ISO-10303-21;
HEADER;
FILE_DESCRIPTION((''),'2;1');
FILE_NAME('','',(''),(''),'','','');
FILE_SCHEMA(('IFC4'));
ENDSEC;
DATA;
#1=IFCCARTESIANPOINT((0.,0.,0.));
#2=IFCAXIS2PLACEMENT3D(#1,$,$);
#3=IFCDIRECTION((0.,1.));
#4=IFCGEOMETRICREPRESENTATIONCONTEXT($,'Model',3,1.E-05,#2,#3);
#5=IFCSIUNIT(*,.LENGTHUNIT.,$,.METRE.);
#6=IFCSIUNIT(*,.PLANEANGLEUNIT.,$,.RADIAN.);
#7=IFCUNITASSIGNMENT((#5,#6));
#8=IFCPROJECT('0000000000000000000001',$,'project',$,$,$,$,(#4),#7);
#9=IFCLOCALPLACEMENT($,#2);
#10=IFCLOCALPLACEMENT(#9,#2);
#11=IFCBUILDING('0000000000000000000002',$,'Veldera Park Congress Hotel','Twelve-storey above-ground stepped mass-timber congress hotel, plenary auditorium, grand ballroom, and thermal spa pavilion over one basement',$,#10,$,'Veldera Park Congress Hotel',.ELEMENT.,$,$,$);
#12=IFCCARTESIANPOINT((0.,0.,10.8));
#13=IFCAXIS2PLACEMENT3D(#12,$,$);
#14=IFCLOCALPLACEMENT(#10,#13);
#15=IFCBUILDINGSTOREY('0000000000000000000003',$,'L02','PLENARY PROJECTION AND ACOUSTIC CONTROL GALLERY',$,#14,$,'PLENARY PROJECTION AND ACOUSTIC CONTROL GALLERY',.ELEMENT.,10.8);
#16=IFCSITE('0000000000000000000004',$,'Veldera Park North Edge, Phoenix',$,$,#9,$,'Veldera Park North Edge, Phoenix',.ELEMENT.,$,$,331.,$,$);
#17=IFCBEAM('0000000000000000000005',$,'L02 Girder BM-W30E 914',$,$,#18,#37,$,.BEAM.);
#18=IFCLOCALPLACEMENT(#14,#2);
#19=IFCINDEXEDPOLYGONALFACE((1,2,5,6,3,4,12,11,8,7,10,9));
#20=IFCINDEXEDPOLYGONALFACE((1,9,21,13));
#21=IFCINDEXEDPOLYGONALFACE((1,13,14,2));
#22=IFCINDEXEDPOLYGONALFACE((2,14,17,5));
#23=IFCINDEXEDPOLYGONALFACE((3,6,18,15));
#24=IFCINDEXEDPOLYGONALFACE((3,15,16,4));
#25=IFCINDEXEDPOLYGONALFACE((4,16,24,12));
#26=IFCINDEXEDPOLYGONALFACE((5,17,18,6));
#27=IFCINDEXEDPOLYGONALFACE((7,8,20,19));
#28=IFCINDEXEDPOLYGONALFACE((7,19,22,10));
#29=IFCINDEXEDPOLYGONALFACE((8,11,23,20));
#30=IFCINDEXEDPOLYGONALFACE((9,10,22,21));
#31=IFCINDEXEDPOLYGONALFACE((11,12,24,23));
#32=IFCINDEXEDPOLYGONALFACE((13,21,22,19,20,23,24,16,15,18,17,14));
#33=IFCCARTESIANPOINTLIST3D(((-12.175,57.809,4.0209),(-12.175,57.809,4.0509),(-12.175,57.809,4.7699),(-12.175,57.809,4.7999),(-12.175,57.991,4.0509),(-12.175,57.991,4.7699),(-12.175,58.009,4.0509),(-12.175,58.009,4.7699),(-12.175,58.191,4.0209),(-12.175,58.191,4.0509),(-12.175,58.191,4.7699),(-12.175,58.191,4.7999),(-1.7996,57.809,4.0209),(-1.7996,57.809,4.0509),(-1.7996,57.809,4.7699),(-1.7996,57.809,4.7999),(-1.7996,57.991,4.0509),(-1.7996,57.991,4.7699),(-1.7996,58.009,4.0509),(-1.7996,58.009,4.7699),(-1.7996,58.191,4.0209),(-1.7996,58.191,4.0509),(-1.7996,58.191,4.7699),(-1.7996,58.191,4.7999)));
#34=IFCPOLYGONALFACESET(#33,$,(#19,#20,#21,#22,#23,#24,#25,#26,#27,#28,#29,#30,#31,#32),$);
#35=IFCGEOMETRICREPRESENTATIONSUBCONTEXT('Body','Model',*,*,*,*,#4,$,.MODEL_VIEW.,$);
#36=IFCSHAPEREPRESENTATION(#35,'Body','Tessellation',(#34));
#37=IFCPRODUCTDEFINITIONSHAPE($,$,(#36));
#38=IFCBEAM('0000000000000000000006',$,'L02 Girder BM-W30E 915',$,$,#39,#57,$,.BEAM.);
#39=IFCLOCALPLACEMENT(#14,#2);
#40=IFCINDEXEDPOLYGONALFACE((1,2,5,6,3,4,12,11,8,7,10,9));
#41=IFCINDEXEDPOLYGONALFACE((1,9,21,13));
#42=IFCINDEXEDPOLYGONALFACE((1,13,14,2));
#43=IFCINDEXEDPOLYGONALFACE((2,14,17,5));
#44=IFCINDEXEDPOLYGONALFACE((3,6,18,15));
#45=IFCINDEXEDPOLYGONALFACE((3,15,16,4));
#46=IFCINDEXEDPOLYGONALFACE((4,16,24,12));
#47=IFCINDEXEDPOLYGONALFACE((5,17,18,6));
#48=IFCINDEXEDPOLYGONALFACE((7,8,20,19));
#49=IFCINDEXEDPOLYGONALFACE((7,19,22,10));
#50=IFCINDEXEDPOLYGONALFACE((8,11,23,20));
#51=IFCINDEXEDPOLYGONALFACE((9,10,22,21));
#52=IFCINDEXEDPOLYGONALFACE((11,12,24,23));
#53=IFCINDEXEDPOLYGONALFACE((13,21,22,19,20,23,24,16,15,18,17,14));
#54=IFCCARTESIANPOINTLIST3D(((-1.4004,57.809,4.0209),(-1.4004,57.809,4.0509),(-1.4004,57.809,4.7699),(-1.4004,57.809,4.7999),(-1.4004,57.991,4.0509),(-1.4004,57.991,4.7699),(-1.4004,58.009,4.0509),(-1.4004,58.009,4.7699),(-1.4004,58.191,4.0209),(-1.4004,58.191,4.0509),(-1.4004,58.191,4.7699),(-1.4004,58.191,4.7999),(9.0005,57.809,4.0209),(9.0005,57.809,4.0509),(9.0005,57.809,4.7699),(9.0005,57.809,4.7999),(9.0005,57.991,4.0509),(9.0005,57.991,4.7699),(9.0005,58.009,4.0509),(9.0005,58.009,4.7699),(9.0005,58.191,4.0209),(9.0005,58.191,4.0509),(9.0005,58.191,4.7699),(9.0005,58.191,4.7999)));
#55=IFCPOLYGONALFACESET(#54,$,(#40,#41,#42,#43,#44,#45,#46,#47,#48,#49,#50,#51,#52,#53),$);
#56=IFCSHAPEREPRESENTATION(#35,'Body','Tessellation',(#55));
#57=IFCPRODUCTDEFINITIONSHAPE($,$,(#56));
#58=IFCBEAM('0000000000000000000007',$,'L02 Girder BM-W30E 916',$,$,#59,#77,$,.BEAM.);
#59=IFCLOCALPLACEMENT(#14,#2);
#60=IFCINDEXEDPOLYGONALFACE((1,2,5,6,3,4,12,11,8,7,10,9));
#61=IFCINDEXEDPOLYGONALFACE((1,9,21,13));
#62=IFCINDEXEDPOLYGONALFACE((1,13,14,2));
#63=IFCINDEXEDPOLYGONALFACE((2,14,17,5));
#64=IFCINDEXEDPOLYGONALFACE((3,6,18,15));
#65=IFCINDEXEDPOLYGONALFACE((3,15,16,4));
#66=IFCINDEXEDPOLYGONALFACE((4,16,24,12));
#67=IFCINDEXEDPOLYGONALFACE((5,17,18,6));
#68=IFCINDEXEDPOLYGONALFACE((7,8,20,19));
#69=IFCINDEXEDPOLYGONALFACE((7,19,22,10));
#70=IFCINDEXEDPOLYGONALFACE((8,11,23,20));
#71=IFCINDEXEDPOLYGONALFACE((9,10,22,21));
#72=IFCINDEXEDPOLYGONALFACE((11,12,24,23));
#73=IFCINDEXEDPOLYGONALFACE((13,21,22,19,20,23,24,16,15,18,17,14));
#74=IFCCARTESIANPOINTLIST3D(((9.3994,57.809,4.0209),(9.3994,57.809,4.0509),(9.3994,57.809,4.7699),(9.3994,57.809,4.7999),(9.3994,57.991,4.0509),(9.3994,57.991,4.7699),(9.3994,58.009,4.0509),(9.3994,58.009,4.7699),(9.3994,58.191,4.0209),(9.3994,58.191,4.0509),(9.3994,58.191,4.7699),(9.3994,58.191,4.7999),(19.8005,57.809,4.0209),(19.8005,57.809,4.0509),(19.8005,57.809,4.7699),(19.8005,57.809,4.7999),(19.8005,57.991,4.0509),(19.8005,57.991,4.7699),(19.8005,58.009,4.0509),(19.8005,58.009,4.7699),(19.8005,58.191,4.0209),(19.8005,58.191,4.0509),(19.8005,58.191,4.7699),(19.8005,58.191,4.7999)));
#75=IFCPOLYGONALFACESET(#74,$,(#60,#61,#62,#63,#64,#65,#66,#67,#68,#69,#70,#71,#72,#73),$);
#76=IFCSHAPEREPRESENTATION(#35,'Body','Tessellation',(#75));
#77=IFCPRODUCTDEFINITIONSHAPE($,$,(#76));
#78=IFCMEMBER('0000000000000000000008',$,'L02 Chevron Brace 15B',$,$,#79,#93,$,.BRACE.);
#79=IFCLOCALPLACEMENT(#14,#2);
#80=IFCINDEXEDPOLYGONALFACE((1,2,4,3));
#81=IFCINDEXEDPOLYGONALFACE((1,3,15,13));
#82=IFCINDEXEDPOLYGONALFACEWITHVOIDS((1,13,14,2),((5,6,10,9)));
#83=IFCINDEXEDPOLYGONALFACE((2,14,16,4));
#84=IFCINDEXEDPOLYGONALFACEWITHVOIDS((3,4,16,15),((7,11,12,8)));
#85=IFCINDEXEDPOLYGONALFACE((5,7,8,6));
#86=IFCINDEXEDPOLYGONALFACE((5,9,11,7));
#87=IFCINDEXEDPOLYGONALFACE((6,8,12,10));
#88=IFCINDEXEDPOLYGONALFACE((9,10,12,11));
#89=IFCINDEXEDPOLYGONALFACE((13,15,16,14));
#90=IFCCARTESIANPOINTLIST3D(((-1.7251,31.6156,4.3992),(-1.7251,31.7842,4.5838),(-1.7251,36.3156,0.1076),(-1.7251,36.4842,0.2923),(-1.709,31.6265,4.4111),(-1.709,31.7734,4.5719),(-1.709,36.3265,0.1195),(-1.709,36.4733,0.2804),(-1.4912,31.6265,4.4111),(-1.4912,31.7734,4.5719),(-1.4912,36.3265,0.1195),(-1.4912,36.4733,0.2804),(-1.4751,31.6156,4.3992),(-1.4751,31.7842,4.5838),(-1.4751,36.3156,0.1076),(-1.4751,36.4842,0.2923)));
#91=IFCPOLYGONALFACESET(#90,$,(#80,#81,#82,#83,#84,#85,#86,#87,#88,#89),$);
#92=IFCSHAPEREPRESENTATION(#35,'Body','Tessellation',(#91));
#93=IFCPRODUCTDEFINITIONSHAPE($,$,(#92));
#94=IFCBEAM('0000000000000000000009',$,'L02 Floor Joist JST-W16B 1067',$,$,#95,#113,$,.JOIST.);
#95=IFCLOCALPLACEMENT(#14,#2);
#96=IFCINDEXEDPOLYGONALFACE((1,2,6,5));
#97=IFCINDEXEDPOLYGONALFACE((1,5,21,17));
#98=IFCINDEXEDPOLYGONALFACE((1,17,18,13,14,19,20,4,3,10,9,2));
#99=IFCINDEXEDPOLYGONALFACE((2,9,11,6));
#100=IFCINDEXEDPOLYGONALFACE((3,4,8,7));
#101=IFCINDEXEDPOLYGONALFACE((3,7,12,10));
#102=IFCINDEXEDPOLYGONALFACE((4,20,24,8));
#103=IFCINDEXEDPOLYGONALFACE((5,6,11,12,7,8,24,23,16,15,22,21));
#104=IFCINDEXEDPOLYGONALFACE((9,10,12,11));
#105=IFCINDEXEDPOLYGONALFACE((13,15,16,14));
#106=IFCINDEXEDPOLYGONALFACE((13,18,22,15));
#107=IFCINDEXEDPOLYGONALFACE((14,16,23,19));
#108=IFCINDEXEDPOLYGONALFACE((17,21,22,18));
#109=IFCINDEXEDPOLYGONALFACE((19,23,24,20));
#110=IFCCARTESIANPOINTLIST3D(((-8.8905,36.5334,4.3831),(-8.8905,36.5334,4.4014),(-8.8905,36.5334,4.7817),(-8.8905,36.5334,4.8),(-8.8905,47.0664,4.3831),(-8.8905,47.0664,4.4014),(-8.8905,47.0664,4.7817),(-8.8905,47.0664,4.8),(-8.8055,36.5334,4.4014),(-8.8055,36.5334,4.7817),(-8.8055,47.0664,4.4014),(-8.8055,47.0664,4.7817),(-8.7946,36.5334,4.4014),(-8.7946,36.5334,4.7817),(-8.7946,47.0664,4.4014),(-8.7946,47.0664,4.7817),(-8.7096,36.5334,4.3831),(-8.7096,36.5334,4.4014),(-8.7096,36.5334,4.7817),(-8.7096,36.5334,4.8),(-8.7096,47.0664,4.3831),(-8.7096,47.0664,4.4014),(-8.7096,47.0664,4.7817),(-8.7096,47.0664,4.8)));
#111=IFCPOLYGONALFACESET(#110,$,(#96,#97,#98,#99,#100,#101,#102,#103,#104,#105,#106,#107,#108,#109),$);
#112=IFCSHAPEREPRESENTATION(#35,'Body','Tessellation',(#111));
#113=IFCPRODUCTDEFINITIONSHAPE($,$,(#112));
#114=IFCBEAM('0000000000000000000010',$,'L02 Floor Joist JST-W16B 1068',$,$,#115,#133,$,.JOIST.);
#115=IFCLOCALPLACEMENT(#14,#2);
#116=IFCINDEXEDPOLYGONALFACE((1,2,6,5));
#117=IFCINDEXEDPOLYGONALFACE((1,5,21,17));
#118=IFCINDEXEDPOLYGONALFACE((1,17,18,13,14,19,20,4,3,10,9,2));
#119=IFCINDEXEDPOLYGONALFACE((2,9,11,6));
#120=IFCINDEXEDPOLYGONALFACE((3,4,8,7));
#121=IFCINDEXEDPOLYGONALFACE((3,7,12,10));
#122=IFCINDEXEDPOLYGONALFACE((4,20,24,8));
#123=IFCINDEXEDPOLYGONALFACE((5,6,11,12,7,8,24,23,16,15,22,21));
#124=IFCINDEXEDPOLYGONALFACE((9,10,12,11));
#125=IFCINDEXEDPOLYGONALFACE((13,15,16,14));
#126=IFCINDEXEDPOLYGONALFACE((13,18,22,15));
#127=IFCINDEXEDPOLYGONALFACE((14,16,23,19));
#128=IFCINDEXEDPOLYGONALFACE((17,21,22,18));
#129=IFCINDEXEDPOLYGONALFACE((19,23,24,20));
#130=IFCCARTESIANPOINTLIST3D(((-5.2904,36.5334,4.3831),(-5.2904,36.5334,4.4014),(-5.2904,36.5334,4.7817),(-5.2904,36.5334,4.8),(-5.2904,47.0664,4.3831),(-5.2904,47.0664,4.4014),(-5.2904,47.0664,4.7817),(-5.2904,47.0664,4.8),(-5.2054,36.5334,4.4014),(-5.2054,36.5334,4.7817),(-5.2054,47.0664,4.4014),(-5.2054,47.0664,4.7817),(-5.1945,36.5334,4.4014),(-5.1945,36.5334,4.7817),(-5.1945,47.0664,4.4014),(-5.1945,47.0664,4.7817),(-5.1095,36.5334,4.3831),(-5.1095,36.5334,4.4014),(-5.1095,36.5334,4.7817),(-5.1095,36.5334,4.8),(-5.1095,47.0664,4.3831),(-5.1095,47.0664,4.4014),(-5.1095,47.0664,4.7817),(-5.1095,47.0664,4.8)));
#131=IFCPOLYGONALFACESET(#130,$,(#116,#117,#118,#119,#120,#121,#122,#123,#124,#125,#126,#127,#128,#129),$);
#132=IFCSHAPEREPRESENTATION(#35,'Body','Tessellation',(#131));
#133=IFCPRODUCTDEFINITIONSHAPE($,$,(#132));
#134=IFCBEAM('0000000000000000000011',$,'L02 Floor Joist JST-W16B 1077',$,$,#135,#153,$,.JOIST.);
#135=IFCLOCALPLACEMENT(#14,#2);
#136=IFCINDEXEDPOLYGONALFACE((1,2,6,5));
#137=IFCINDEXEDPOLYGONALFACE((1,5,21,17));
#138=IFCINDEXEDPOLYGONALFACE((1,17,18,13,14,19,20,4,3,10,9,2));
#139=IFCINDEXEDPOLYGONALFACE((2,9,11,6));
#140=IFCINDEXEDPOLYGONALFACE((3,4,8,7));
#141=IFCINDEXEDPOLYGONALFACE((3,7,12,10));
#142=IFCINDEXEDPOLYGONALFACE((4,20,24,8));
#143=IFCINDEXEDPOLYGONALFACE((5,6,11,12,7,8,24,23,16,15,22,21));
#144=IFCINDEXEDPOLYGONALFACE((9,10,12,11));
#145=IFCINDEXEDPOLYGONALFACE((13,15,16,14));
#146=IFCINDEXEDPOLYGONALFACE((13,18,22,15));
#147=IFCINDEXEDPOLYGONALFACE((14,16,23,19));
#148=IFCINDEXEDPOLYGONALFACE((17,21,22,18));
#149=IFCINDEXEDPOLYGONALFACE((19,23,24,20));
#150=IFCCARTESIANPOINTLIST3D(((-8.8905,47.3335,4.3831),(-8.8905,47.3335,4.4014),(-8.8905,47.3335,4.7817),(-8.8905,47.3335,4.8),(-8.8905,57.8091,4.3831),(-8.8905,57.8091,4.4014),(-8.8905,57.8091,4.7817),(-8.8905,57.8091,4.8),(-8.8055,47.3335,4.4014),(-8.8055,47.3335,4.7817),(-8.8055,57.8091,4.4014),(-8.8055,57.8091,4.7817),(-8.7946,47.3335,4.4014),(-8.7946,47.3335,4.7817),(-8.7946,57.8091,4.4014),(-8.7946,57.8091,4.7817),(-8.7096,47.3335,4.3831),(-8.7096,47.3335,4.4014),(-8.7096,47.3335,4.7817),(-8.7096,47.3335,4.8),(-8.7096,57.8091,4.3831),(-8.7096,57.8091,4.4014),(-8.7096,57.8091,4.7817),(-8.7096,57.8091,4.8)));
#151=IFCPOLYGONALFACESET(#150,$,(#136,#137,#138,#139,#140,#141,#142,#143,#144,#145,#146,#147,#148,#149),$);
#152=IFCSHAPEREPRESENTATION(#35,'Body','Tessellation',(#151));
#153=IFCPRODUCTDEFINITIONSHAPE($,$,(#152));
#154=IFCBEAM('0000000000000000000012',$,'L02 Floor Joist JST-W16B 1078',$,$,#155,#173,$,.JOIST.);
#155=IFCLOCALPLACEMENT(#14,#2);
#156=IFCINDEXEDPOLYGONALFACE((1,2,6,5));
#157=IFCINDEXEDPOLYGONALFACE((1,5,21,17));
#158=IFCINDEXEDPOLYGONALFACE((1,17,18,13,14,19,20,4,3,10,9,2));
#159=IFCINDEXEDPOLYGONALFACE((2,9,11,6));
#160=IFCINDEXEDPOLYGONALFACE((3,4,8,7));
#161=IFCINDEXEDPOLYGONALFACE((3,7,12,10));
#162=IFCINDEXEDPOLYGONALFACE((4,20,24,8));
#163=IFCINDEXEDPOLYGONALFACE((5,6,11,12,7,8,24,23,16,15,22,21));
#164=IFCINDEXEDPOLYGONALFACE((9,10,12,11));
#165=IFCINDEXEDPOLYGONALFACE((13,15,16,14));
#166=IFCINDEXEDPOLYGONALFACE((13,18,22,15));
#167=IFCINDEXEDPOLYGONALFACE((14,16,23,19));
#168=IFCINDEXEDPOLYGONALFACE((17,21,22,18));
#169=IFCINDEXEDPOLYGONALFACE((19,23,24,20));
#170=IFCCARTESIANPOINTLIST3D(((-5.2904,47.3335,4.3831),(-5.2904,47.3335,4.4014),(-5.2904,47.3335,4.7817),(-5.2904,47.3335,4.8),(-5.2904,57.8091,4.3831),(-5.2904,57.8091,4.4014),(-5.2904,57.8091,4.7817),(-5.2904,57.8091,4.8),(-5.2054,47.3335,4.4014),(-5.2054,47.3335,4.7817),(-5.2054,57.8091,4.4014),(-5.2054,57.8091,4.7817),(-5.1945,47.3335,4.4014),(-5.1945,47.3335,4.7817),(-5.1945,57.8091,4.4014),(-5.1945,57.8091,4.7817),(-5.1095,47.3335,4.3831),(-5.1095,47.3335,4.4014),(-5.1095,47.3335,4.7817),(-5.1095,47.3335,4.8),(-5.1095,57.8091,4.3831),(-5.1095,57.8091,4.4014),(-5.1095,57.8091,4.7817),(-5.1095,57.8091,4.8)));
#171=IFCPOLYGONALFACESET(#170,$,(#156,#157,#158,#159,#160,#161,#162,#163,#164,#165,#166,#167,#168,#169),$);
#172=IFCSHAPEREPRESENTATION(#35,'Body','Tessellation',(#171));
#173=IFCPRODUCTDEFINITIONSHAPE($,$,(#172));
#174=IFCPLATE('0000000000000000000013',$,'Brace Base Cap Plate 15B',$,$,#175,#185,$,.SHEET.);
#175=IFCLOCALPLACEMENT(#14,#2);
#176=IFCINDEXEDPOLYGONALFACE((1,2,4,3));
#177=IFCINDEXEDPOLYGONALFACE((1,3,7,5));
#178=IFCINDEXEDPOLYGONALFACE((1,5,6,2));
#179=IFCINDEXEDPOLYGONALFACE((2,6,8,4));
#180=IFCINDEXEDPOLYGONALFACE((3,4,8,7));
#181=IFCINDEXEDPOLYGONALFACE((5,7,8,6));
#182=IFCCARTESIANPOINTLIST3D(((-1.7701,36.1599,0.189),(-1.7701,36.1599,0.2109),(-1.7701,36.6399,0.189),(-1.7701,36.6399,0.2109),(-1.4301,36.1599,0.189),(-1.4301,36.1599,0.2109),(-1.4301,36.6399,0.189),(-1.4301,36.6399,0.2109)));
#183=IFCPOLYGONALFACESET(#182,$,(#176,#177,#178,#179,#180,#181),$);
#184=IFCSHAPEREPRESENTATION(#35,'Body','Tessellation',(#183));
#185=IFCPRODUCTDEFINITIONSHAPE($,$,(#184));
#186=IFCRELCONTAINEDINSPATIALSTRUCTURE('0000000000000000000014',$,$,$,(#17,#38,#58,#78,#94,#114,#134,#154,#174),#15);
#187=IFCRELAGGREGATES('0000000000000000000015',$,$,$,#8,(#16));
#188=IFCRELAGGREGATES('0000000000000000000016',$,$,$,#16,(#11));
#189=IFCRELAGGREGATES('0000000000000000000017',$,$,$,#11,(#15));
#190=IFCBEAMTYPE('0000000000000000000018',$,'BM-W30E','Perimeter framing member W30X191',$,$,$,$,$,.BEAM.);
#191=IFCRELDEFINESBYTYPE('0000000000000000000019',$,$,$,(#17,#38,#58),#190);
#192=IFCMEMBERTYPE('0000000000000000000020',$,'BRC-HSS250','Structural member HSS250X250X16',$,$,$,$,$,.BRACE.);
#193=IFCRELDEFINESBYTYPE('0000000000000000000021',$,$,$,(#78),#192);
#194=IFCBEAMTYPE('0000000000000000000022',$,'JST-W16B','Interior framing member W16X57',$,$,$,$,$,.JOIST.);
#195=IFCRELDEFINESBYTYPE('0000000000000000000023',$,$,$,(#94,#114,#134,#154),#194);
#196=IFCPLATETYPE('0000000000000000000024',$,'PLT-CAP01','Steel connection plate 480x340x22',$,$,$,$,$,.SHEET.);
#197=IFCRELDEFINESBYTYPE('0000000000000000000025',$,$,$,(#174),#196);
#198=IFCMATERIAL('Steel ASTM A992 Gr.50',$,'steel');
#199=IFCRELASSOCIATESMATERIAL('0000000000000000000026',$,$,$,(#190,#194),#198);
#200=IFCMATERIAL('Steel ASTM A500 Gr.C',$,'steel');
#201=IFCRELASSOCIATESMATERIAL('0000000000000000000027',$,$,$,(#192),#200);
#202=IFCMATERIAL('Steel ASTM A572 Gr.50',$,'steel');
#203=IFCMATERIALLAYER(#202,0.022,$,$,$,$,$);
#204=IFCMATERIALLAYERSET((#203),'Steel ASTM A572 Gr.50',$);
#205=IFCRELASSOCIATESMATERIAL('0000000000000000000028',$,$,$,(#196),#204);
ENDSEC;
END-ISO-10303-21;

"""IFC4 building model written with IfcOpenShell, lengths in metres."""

from ifc_helpers import new_model, si_unit, direction, frame, origin, origin_2d, place, context, subcontext, project, spatial, rectangle, hollow_rectangle, i_section, extrude, material, layer, layer_set, material_profile, profile_set, type_object, element, save


model = new_model("IFC4")

# Units and contexts
model_context = context("Model", 3, precision=1e-05, world=origin(), true_north=direction((0.0, 1.0)))
body_context = subcontext(model_context, "Body", "Model", "MODEL_VIEW")
ifc_project = project(units=[si_unit("LENGTHUNIT", "METRE"), si_unit("PLANEANGLEUNIT", "RADIAN")], contexts=[model_context])

# Site, building, storey
site_placement = place(None, origin())
site = spatial("IfcSite", under=ifc_project, at=site_placement, Name="Veldera Park North Edge, Phoenix", LongName="Veldera Park North Edge, Phoenix", CompositionType="ELEMENT", RefElevation=331.0)
building_placement = place(site_placement, origin())
building = spatial("IfcBuilding", under=site, at=building_placement, Name="Veldera Park Congress Hotel", Description="Twelve-storey above-ground stepped mass-timber congress hotel, plenary auditorium, grand ballroom, and thermal spa pavilion over one basement", LongName="Veldera Park Congress Hotel", CompositionType="ELEMENT")
storey_placement = place(building_placement, frame((0.0, 0.0, 10.8)))
storey = spatial("IfcBuildingStorey", under=building, at=storey_placement, Name="L02", Description="PLENARY PROJECTION AND ACOUSTIC CONTROL GALLERY", LongName="PLENARY PROJECTION AND ACOUSTIC CONTROL GALLERY", CompositionType="ELEMENT", Elevation=10.8)

# Shared definitions
ifc_material_1 = material(Name="Steel ASTM A992 Gr.50", Category="steel")

# Beams
ifc_material_profile_1 = material_profile(ifc_material_1, i_section(OverallWidth=0.3821, OverallDepth=0.7791, WebThickness=0.0181, FlangeThickness=0.03, at=origin_2d()), Name="W30X191")
ifc_profile_set_1 = profile_set([ifc_material_profile_1], Name="Steel ASTM A992 Gr.50")
beam_type_1 = type_object("IfcBeamType", Name="BM-W30E", Description="Perimeter framing member W30X191", PredefinedType="BEAM", material=ifc_profile_set_1)
beam_1_placement = place(storey_placement, frame((-12.175, 58.0, 4.4104), z_axis=(1.0, 0.0, 0.0), x_axis=(0.0, 1.0, 0.0)))
element("IfcBeam", 1, at=beam_1_placement, inside=storey, type_object=beam_type_1, Name="L02 Girder BM-W30E 914", PredefinedType="BEAM", context=body_context, shape_type="SweptSolid", body=[
    extrude(i_section(OverallWidth=0.3821, OverallDepth=0.7791, WebThickness=0.0181, FlangeThickness=0.03, at=origin_2d()), origin(), (0.0, 0.0, 1.0), 10.3755),
])
beam_2_placement = place(storey_placement, frame((-1.4004, 58.0, 4.4104), z_axis=(1.0, 0.0, 0.0), x_axis=(0.0, 1.0, 0.0)))
element("IfcBeam", 2, at=beam_2_placement, inside=storey, type_object=beam_type_1, Name="L02 Girder BM-W30E 915", PredefinedType="BEAM", context=body_context, shape_type="SweptSolid", body=[
    extrude(i_section(OverallWidth=0.3821, OverallDepth=0.7791, WebThickness=0.0181, FlangeThickness=0.03, at=origin_2d()), origin(), (0.0, 0.0, 1.0), 10.4009),
])
beam_3_placement = place(storey_placement, frame((9.3994, 58.0, 4.4104), z_axis=(1.0, 0.0, 0.0), x_axis=(0.0, 1.0, 0.0)))
element("IfcBeam", 3, at=beam_3_placement, inside=storey, type_object=beam_type_1, Name="L02 Girder BM-W30E 916", PredefinedType="BEAM", context=body_context, shape_type="SweptSolid", body=[
    extrude(i_section(OverallWidth=0.3821, OverallDepth=0.7791, WebThickness=0.0181, FlangeThickness=0.03, at=origin_2d()), origin(), (0.0, 0.0, 1.0), 10.4011),
])

# Member
ifc_material_2 = material(Name="Steel ASTM A500 Gr.C", Category="steel")
ifc_material_profile_2 = material_profile(ifc_material_2, hollow_rectangle(XDim=0.25, YDim=0.25, WallThickness=0.0161, at=origin_2d()), Name="HSS250X250X16")
ifc_profile_set_2 = profile_set([ifc_material_profile_2], Name="Steel ASTM A500 Gr.C")
member_type = type_object("IfcMemberType", Name="BRC-HSS250", Description="Structural member HSS250X250X16", PredefinedType="BRACE", material=ifc_profile_set_2)
member_placement = place(storey_placement, frame((-1.6001, 36.3999, 0.2), z_axis=(0.0, -0.738466, 0.67429), x_axis=(1.0, 0.0, 0.0)))
element("IfcMember", 4, at=member_placement, inside=storey, type_object=member_type, Name="L02 Chevron Brace 15B", PredefinedType="BRACE", context=body_context, shape_type="SweptSolid", body=[
    extrude(hollow_rectangle(XDim=0.25, YDim=0.25, WallThickness=0.0161, at=origin_2d()), origin(), (0.0, 0.0, 1.0), 6.3645),
])

# Beams
ifc_material_profile_3 = material_profile(ifc_material_1, i_section(OverallWidth=0.1809, OverallDepth=0.417, WebThickness=0.011, FlangeThickness=0.0183, at=origin_2d()), Name="W16X57")
ifc_profile_set_3 = profile_set([ifc_material_profile_3], Name="Steel ASTM A992 Gr.50")
beam_type_2 = type_object("IfcBeamType", Name="JST-W16B", Description="Interior framing member W16X57", PredefinedType="JOIST", material=ifc_profile_set_3)
for number, where, z_axis, x_axis, name in (
    (5, (-8.8, 36.5334, 4.5916), (0.0, 1.0, 0.0), (-1.0, 0.0, 0.0), "L02 Floor Joist JST-W16B 1067"),
    (6, (-5.2, 36.5334, 4.5916), (0.0, 1.0, 0.0), (-1.0, 0.0, 0.0), "L02 Floor Joist JST-W16B 1068"),
):
    element("IfcBeam", number, at=place(storey_placement, frame(where, z_axis=z_axis, x_axis=x_axis)), inside=storey, type_object=beam_type_2, Name=name, PredefinedType="JOIST", context=body_context, shape_type="SweptSolid", body=[
        extrude(i_section(OverallWidth=0.1809, OverallDepth=0.417, WebThickness=0.011, FlangeThickness=0.0183, at=origin_2d()), origin(), (0.0, 0.0, 1.0), 10.533),
    ])
for number, where, z_axis, x_axis, name in (
    (7, (-8.8, 47.3335, 4.5916), (0.0, 1.0, 0.0), (-1.0, 0.0, 0.0), "L02 Floor Joist JST-W16B 1077"),
    (8, (-5.2, 47.3335, 4.5916), (0.0, 1.0, 0.0), (-1.0, 0.0, 0.0), "L02 Floor Joist JST-W16B 1078"),
):
    element("IfcBeam", number, at=place(storey_placement, frame(where, z_axis=z_axis, x_axis=x_axis)), inside=storey, type_object=beam_type_2, Name=name, PredefinedType="JOIST", context=body_context, shape_type="SweptSolid", body=[
        extrude(i_section(OverallWidth=0.1809, OverallDepth=0.417, WebThickness=0.011, FlangeThickness=0.0183, at=origin_2d()), origin(), (0.0, 0.0, 1.0), 10.4756),
    ])

# Plate
ifc_material_3 = material(Name="Steel ASTM A572 Gr.50", Category="steel")
ifc_layer_1 = layer(ifc_material_3, 0.022)
ifc_layer_set_1 = layer_set([ifc_layer_1], Name="Steel ASTM A572 Gr.50")
plate_type = type_object("IfcPlateType", Name="PLT-CAP01", Description="Steel connection plate 480x340x22", PredefinedType="SHEET", material=ifc_layer_set_1)
plate_placement = place(storey_placement, frame((-1.6001, 36.3999, 0.189), z_axis=(0.0, 0.0, 1.0), x_axis=(0.0, 1.0, 0.0)))
element("IfcPlate", 9, at=plate_placement, inside=storey, type_object=plate_type, Name="Brace Base Cap Plate 15B", PredefinedType="SHEET", context=body_context, shape_type="SweptSolid", body=[
    extrude(rectangle(XDim=0.48, YDim=0.3401, at=origin_2d()), origin(), (0.0, 0.0, 1.0), 0.022),
])

save(model, "model.ifc")
